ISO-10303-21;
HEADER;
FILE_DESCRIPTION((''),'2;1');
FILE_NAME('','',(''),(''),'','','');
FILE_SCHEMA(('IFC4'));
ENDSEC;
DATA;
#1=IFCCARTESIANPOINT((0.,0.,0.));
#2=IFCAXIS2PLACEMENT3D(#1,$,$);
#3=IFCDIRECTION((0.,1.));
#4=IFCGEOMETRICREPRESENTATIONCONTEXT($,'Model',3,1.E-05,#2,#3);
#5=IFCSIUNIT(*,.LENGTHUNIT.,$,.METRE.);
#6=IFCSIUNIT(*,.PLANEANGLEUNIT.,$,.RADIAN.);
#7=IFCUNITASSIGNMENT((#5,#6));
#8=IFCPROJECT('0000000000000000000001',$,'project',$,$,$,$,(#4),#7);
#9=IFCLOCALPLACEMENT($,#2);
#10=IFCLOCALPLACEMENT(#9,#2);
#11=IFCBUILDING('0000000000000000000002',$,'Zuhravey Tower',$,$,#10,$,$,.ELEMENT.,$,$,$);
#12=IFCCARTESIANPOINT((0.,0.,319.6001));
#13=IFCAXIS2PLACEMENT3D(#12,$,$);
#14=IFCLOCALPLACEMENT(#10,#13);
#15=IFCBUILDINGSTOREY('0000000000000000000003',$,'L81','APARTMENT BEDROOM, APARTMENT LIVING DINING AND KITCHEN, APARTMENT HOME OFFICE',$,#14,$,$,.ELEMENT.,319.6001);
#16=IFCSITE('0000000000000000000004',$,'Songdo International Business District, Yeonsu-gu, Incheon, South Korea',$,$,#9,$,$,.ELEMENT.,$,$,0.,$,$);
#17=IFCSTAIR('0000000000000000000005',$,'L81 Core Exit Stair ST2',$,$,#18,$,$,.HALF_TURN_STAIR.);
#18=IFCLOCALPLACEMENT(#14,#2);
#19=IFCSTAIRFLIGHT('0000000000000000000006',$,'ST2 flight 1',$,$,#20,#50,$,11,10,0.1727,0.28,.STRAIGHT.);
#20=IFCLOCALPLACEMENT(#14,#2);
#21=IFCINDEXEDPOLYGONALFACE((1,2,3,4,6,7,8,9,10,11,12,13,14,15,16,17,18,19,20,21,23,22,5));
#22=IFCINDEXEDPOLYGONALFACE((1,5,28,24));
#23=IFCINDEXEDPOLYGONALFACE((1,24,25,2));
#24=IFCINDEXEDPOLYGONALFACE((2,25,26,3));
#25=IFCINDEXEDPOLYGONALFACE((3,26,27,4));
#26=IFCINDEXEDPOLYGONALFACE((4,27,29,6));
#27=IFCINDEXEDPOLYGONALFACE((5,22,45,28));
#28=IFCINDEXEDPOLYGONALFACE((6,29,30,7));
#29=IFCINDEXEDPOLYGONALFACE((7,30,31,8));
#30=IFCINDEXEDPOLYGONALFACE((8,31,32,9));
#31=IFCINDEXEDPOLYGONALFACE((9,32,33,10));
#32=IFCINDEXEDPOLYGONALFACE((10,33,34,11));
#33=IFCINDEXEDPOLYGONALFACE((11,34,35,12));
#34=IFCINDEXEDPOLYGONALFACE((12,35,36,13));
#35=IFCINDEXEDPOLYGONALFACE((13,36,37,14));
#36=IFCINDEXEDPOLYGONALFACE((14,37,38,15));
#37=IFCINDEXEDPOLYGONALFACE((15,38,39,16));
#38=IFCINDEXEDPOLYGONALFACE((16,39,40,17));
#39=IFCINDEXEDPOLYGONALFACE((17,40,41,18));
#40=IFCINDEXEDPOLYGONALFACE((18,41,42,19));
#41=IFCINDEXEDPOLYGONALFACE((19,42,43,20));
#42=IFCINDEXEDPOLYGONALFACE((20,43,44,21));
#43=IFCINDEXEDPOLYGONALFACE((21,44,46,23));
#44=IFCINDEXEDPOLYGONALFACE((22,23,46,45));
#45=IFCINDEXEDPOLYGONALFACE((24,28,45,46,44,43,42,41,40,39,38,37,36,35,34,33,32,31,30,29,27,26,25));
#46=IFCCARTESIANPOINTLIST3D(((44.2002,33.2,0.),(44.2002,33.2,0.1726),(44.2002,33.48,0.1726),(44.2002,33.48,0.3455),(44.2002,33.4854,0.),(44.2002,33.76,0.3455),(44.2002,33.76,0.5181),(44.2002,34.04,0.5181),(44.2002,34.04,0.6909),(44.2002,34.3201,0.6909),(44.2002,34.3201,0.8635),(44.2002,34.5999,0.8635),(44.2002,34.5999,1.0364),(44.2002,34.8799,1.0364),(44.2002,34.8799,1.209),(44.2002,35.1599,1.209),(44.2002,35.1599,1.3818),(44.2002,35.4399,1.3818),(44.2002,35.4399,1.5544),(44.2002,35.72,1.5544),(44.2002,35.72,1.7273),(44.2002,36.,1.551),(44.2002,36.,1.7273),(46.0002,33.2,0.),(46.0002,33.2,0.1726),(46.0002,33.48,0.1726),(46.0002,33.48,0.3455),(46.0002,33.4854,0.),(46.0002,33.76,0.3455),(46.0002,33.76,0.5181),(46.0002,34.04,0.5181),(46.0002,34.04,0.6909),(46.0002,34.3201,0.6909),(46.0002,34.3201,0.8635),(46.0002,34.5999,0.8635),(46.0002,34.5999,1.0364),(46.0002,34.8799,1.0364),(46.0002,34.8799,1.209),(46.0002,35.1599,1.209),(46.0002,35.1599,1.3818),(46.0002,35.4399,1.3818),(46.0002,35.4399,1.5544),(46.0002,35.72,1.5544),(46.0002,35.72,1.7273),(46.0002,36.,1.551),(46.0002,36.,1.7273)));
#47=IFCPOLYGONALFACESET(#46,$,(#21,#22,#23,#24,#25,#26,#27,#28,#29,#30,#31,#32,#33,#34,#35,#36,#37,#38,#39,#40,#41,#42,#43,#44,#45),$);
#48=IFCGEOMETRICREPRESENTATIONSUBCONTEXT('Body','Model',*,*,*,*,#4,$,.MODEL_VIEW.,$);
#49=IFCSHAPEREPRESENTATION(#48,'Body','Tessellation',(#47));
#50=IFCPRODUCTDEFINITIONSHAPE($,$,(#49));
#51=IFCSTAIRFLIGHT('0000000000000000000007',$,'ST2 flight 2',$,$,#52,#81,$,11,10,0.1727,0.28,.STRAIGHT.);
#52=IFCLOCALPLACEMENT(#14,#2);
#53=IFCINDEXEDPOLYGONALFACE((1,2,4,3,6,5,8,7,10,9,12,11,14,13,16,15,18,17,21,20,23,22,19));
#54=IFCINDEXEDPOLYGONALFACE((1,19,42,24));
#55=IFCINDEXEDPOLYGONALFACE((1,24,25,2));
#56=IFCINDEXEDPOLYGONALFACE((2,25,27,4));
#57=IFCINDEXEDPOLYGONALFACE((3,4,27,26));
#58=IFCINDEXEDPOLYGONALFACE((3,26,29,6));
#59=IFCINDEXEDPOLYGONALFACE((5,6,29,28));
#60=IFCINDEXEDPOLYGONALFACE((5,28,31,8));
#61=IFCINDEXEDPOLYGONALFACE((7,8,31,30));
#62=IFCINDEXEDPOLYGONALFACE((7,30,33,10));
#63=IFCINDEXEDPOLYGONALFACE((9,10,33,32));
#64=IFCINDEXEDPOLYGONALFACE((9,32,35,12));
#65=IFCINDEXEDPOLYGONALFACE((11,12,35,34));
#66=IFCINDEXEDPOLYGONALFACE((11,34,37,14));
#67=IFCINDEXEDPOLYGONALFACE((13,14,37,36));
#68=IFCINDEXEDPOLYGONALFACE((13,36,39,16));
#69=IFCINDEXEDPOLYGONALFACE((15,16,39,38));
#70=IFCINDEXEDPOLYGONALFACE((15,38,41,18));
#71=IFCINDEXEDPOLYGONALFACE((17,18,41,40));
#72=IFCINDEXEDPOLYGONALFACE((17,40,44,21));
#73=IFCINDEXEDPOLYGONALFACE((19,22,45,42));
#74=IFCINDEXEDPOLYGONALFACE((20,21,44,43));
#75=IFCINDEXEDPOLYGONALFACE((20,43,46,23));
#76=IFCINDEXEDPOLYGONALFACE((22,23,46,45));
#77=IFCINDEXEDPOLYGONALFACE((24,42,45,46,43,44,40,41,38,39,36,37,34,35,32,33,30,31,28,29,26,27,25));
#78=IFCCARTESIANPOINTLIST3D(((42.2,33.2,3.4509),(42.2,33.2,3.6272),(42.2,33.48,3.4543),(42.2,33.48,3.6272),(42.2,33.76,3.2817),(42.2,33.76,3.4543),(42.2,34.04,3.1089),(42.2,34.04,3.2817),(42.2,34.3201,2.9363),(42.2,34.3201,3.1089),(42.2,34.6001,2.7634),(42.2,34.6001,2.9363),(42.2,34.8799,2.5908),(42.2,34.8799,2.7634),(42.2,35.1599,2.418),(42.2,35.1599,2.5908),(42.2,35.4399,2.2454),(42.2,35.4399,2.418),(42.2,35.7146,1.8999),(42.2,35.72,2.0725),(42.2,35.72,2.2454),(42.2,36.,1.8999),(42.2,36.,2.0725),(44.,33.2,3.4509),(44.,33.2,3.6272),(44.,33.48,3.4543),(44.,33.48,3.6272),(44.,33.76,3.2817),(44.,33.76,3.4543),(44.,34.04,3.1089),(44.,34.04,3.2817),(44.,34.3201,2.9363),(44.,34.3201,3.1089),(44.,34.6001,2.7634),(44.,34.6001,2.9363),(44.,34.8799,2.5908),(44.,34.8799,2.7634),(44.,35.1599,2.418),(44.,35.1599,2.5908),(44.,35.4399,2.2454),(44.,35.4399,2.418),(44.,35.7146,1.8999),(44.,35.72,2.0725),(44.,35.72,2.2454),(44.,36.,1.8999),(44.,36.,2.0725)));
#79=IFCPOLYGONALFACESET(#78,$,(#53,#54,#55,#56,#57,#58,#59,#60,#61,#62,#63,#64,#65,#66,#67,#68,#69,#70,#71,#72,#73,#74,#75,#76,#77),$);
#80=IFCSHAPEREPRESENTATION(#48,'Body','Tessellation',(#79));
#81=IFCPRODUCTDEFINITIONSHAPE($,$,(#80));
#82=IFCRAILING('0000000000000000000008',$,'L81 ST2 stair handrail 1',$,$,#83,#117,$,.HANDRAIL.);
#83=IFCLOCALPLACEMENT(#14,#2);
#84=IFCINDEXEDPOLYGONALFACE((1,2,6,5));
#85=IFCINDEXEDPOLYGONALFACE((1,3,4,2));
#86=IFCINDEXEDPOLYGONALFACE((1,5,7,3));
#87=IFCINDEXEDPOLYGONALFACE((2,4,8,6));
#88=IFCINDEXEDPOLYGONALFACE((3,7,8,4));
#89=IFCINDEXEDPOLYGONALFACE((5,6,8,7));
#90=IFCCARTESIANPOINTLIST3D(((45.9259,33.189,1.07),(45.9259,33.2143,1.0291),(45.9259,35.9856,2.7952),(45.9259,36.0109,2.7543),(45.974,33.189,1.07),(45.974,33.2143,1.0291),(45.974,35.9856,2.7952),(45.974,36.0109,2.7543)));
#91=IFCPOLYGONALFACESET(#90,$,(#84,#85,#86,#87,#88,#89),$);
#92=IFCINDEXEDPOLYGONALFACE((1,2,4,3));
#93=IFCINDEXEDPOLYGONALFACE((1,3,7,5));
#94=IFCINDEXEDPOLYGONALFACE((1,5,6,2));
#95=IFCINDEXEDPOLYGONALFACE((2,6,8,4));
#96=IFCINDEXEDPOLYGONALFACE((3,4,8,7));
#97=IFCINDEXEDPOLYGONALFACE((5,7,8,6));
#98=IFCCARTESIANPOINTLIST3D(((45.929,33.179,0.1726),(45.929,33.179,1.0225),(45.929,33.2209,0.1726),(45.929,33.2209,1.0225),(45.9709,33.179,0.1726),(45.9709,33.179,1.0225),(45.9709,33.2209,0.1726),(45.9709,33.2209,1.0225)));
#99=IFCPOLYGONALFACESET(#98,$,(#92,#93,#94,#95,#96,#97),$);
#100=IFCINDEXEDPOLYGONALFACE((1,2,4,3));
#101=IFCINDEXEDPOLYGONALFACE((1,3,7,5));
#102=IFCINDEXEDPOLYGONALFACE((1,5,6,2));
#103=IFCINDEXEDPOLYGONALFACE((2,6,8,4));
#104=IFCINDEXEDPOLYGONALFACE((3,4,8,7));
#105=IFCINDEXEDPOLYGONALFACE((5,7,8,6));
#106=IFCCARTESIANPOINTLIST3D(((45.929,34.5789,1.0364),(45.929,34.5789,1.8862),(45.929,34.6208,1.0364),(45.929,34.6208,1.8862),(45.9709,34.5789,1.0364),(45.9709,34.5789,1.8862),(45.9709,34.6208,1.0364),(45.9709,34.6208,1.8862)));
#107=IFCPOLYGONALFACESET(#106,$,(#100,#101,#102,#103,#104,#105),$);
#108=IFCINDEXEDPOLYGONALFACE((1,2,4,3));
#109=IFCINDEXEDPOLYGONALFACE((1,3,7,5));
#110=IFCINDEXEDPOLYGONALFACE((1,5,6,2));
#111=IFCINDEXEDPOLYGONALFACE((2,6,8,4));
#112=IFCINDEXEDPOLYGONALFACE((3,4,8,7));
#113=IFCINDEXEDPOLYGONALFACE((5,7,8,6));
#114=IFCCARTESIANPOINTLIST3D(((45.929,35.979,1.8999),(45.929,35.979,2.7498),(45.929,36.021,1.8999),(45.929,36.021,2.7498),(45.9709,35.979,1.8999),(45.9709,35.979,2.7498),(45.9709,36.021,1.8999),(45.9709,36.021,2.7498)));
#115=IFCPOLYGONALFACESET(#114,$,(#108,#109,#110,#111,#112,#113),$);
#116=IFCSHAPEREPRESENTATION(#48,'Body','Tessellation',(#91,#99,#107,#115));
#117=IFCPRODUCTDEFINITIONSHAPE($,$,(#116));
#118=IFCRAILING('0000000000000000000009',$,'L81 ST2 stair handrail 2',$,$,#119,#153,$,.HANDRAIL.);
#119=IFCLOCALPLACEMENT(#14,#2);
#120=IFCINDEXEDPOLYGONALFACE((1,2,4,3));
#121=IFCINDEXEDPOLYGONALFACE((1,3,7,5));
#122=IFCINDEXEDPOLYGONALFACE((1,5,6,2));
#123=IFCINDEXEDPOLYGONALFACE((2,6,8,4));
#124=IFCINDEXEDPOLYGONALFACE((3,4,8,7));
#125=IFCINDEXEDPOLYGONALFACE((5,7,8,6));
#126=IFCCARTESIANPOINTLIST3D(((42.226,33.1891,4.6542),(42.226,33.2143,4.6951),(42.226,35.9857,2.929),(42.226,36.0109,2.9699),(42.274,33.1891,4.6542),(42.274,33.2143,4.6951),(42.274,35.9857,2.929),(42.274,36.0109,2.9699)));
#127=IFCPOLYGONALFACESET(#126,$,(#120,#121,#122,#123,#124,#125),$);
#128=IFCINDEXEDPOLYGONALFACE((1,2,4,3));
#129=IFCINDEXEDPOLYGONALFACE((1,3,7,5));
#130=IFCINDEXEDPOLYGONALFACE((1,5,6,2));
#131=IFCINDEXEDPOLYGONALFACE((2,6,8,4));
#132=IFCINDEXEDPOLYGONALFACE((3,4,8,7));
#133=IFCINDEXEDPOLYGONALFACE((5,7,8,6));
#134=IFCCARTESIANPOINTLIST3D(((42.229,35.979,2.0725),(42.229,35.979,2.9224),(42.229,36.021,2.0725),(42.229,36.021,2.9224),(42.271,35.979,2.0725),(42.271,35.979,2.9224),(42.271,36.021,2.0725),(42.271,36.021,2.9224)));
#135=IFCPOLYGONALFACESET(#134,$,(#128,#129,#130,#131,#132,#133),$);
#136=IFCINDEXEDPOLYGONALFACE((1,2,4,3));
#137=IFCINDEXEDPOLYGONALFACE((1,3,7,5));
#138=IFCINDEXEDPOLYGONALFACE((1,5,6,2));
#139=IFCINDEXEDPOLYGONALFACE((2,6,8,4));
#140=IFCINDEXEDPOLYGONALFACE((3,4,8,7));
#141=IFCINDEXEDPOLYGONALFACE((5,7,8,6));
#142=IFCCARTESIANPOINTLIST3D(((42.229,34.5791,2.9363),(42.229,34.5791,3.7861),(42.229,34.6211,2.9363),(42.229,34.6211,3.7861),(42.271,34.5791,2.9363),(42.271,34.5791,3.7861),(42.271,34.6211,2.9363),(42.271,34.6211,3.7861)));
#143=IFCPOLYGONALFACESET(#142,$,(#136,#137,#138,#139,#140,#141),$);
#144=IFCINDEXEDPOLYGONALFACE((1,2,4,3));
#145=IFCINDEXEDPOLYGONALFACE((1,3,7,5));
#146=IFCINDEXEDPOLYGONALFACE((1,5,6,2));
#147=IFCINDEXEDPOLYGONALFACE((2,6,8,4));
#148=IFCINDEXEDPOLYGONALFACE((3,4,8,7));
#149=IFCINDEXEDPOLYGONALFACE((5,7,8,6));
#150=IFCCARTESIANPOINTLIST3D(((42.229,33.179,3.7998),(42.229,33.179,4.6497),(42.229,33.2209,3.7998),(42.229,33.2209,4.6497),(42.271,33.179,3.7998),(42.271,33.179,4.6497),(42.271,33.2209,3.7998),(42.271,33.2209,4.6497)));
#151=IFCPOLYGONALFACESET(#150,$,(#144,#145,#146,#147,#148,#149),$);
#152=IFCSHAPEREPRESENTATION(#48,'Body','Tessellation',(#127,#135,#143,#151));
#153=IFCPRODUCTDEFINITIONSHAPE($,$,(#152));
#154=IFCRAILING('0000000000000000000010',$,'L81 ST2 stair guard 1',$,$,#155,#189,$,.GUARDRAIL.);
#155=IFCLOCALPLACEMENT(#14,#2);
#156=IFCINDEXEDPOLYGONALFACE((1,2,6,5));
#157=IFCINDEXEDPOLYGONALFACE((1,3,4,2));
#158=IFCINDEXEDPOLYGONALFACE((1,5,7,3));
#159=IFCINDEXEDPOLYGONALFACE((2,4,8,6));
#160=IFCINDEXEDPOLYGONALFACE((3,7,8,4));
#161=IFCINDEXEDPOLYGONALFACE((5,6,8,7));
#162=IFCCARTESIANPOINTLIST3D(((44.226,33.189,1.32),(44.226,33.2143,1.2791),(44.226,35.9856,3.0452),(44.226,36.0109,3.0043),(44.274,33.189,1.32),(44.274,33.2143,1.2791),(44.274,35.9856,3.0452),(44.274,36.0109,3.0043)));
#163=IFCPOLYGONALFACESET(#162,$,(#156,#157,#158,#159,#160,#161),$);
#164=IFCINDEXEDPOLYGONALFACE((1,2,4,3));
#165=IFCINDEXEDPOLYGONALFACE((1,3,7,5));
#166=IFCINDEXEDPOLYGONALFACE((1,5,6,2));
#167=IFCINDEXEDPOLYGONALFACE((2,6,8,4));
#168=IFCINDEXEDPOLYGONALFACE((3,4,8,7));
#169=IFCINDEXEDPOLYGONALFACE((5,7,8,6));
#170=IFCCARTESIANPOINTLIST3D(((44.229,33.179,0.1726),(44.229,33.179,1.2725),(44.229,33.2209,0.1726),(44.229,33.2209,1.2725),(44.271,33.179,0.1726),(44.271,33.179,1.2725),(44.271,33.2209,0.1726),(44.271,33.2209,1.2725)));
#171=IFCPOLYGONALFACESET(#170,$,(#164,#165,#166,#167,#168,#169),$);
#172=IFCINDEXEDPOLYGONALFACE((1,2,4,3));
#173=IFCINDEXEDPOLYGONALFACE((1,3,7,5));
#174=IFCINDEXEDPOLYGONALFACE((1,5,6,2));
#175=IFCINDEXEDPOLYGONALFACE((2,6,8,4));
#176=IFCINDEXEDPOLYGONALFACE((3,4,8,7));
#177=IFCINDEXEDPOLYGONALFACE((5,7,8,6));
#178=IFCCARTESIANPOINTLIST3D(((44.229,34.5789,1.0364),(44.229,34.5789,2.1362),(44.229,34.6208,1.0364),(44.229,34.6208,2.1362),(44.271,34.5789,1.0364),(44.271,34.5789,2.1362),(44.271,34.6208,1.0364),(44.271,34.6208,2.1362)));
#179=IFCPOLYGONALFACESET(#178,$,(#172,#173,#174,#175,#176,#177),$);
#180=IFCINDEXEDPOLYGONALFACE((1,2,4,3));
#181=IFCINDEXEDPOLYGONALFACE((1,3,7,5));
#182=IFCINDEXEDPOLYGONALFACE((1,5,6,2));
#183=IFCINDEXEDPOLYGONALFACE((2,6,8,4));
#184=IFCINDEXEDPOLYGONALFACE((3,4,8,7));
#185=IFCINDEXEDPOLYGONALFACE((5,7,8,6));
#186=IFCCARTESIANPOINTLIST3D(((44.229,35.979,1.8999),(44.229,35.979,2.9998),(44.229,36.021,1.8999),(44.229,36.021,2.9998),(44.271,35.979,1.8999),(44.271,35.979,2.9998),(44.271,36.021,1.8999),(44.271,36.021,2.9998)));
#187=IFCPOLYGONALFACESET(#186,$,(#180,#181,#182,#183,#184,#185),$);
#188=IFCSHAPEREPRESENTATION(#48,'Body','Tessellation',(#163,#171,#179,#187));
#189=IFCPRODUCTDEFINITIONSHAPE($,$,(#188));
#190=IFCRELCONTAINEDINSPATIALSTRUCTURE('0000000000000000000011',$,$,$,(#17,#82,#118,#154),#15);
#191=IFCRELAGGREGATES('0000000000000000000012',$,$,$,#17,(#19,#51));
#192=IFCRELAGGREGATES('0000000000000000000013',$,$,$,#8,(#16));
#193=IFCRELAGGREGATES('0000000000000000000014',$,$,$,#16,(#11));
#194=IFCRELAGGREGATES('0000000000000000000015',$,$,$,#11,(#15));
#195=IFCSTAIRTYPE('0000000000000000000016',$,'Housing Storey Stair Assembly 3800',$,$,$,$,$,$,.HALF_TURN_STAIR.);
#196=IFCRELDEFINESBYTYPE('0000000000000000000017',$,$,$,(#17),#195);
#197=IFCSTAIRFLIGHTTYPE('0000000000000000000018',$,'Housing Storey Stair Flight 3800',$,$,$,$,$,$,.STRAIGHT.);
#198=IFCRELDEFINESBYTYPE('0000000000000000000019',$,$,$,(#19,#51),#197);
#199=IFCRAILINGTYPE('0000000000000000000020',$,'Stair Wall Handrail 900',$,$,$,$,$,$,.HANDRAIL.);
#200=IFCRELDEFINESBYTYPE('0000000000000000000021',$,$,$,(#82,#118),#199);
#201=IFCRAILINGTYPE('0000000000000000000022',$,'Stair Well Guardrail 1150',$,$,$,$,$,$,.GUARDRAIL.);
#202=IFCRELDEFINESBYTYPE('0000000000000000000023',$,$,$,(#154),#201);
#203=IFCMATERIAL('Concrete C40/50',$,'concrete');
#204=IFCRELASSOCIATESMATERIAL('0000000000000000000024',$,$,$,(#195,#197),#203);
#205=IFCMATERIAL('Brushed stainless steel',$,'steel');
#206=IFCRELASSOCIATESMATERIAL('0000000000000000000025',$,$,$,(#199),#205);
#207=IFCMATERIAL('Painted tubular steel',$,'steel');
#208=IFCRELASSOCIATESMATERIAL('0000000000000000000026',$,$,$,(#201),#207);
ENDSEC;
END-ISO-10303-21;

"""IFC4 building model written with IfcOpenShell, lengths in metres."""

from ifc_helpers import new_model, si_unit, direction, frame, origin, origin_2d, place, context, subcontext, project, spatial, polyline, rectangle, outline, extrude, material, type_object, element, aggregate, save


model = new_model("IFC4")

# Units and contexts
model_context = context("Model", 3, precision=1e-05, world=origin(), true_north=direction((0.0, 1.0)))
body_context = subcontext(model_context, "Body", "Model", "MODEL_VIEW")
ifc_project = project(units=[si_unit("LENGTHUNIT", "METRE"), si_unit("PLANEANGLEUNIT", "RADIAN")], contexts=[model_context])

# Site, building, storey
site_placement = place(None, origin())
site = spatial("IfcSite", under=ifc_project, at=site_placement, Name="Songdo International Business District, Yeonsu-gu, Incheon, South Korea", CompositionType="ELEMENT", RefElevation=0.0)
building_placement = place(site_placement, origin())
building = spatial("IfcBuilding", under=site, at=building_placement, Name="Zuhravey Tower", CompositionType="ELEMENT")
storey_placement = place(building_placement, frame((0.0, 0.0, 319.6001)))
storey = spatial("IfcBuildingStorey", under=building, at=storey_placement, Name="L81", Description="APARTMENT BEDROOM, APARTMENT LIVING DINING AND KITCHEN, APARTMENT HOME OFFICE", CompositionType="ELEMENT", Elevation=319.6001)

# Stair, stair flights
ifc_material_1 = material(Name="Concrete C40/50", Category="concrete")
stair_type = type_object("IfcStairType", Name="Housing Storey Stair Assembly 3800", PredefinedType="HALF_TURN_STAIR", material=ifc_material_1)
stair_placement = place(storey_placement, origin())
stair = element("IfcStair", 1, at=stair_placement, inside=storey, type_object=stair_type, Name="L81 Core Exit Stair ST2", PredefinedType="HALF_TURN_STAIR")
stair_flight_type = type_object("IfcStairFlightType", Name="Housing Storey Stair Flight 3800", PredefinedType="STRAIGHT", material=ifc_material_1)
stair_flight_1_placement = place(storey_placement, frame((45.1001, 33.2, 0.0), z_axis=(0.0, 0.0, 1.0), x_axis=(0.0, 1.0, 0.0)))
stair_flight_1 = element("IfcStairFlight", 2, at=stair_flight_1_placement, type_object=stair_flight_type, Name="ST2 flight 1", NumberOfRisers=11, NumberOfTreads=10, PredefinedType="STRAIGHT", RiserHeight=0.1727, TreadLength=0.28, context=body_context, shape_type="SweptSolid", body=[
    extrude(outline(polyline([(0.0, 0.0), (0.0, 0.1726), (0.28, 0.1726), (0.28, 0.3455), (0.5601, 0.3455), (0.5601, 0.5181), (0.8401, 0.5181), (0.8401, 0.6909), (1.1201, 0.6909), (1.1201, 0.8635), (1.3999, 0.8635), (1.3999, 1.0364), (1.6799, 1.0364), (1.6799, 1.209), (1.96, 1.209), (1.96, 1.3818), (2.24, 1.3818), (2.24, 1.5544), (2.52, 1.5544), (2.52, 1.7273), (2.8, 1.7273), (2.8, 1.8999), (2.8, 1.551), (0.2854, 0.0), (0.0, 0.0)])), frame((0.0, 0.8999, 0.0), z_axis=(0.0, -1.0, 0.0), x_axis=(1.0, 0.0, 0.0)), (0.0, 0.0, 1.0), 1.8),
])
stair_flight_2_placement = place(storey_placement, frame((43.1001, 36.0, 1.8999), z_axis=(0.0, 0.0, 1.0), x_axis=(0.0, -1.0, 0.0)))
stair_flight_2 = element("IfcStairFlight", 3, at=stair_flight_2_placement, type_object=stair_flight_type, Name="ST2 flight 2", NumberOfRisers=11, NumberOfTreads=10, PredefinedType="STRAIGHT", RiserHeight=0.1727, TreadLength=0.28, context=body_context, shape_type="SweptSolid", body=[
    extrude(outline(polyline([(0.0, 0.0), (0.0, 0.1726), (0.28, 0.1726), (0.28, 0.3455), (0.5601, 0.3455), (0.5601, 0.5181), (0.8401, 0.5181), (0.8401, 0.6909), (1.1201, 0.6909), (1.1201, 0.8635), (1.3999, 0.8635), (1.3999, 1.0364), (1.6799, 1.0364), (1.6799, 1.209), (1.96, 1.209), (1.96, 1.3818), (2.24, 1.3818), (2.24, 1.5544), (2.52, 1.5544), (2.52, 1.7273), (2.8, 1.7273), (2.8, 1.8999), (2.8, 1.551), (0.2854, 0.0), (0.0, 0.0)])), frame((0.0, 0.8999, 0.0), z_axis=(0.0, -1.0, 0.0), x_axis=(1.0, 0.0, 0.0)), (0.0, 0.0, 1.0), 1.8),
])
aggregate(stair, [stair_flight_1, stair_flight_2])

# Railings
ifc_material_2 = material(Name="Brushed stainless steel", Category="steel")
railing_type_1 = type_object("IfcRailingType", Name="Stair Wall Handrail 900", PredefinedType="HANDRAIL", material=ifc_material_2)
railing_1_placement = place(storey_placement, frame((45.95, 33.2, 0.1726)))
element("IfcRailing", 4, at=railing_1_placement, inside=storey, type_object=railing_type_1, Name="L81 ST2 stair handrail 1", PredefinedType="HANDRAIL", context=body_context, shape_type="SweptSolid", body=[
    extrude(rectangle(XDim=0.0481, YDim=0.0481, at=origin_2d()), frame((0.0, 0.0017, 0.877), z_axis=(0.0, 0.85109, 0.52502), x_axis=(-1.0, 0.0, 0.0)), (0.0, 0.0, 1.0), 3.2859),
    extrude(rectangle(XDim=0.042, YDim=0.042, at=origin_2d()), origin(), (0.0, 0.0, 1.0), 0.8499),
    extrude(rectangle(XDim=0.042, YDim=0.042, at=origin_2d()), frame((0.0, 1.3999, 0.8638)), (0.0, 0.0, 1.0), 0.8499),
    extrude(rectangle(XDim=0.042, YDim=0.042, at=origin_2d()), frame((0.0, 2.8, 1.7273)), (0.0, 0.0, 1.0), 0.8499),
])
railing_2_placement = place(storey_placement, frame((42.25, 36.0, 2.0725)))
element("IfcRailing", 5, at=railing_2_placement, inside=storey, type_object=railing_type_1, Name="L81 ST2 stair handrail 2", PredefinedType="HANDRAIL", context=body_context, shape_type="SweptSolid", body=[
    extrude(rectangle(XDim=0.0481, YDim=0.0481, at=origin_2d()), frame((0.0, -0.0017, 0.877), z_axis=(0.0, -0.85109, 0.52502), x_axis=(1.0, 0.0, 0.0)), (0.0, 0.0, 1.0), 3.2859),
    extrude(rectangle(XDim=0.042, YDim=0.042, at=origin_2d()), origin(), (0.0, 0.0, 1.0), 0.8499),
    extrude(rectangle(XDim=0.042, YDim=0.042, at=origin_2d()), frame((0.0, -1.3999, 0.8638)), (0.0, 0.0, 1.0), 0.8499),
    extrude(rectangle(XDim=0.042, YDim=0.042, at=origin_2d()), frame((0.0, -2.8, 1.7273)), (0.0, 0.0, 1.0), 0.8499),
])
ifc_material_3 = material(Name="Painted tubular steel", Category="steel")
railing_type_2 = type_object("IfcRailingType", Name="Stair Well Guardrail 1150", PredefinedType="GUARDRAIL", material=ifc_material_3)
railing_3_placement = place(storey_placement, frame((44.25, 33.2, 0.1726)))
element("IfcRailing", 6, at=railing_3_placement, inside=storey, type_object=railing_type_2, Name="L81 ST2 stair guard 1", PredefinedType="GUARDRAIL", context=body_context, shape_type="SweptSolid", body=[
    extrude(rectangle(XDim=0.0481, YDim=0.0481, at=origin_2d()), frame((0.0, 0.0017, 1.127), z_axis=(0.0, 0.85109, 0.52502), x_axis=(-1.0, 0.0, 0.0)), (0.0, 0.0, 1.0), 3.2859),
    extrude(rectangle(XDim=0.042, YDim=0.042, at=origin_2d()), origin(), (0.0, 0.0, 1.0), 1.0999),
    extrude(rectangle(XDim=0.042, YDim=0.042, at=origin_2d()), frame((0.0, 1.3999, 0.8638)), (0.0, 0.0, 1.0), 1.0999),
    extrude(rectangle(XDim=0.042, YDim=0.042, at=origin_2d()), frame((0.0, 2.8, 1.7273)), (0.0, 0.0, 1.0), 1.0999),
])

save(model, "model.ifc")
